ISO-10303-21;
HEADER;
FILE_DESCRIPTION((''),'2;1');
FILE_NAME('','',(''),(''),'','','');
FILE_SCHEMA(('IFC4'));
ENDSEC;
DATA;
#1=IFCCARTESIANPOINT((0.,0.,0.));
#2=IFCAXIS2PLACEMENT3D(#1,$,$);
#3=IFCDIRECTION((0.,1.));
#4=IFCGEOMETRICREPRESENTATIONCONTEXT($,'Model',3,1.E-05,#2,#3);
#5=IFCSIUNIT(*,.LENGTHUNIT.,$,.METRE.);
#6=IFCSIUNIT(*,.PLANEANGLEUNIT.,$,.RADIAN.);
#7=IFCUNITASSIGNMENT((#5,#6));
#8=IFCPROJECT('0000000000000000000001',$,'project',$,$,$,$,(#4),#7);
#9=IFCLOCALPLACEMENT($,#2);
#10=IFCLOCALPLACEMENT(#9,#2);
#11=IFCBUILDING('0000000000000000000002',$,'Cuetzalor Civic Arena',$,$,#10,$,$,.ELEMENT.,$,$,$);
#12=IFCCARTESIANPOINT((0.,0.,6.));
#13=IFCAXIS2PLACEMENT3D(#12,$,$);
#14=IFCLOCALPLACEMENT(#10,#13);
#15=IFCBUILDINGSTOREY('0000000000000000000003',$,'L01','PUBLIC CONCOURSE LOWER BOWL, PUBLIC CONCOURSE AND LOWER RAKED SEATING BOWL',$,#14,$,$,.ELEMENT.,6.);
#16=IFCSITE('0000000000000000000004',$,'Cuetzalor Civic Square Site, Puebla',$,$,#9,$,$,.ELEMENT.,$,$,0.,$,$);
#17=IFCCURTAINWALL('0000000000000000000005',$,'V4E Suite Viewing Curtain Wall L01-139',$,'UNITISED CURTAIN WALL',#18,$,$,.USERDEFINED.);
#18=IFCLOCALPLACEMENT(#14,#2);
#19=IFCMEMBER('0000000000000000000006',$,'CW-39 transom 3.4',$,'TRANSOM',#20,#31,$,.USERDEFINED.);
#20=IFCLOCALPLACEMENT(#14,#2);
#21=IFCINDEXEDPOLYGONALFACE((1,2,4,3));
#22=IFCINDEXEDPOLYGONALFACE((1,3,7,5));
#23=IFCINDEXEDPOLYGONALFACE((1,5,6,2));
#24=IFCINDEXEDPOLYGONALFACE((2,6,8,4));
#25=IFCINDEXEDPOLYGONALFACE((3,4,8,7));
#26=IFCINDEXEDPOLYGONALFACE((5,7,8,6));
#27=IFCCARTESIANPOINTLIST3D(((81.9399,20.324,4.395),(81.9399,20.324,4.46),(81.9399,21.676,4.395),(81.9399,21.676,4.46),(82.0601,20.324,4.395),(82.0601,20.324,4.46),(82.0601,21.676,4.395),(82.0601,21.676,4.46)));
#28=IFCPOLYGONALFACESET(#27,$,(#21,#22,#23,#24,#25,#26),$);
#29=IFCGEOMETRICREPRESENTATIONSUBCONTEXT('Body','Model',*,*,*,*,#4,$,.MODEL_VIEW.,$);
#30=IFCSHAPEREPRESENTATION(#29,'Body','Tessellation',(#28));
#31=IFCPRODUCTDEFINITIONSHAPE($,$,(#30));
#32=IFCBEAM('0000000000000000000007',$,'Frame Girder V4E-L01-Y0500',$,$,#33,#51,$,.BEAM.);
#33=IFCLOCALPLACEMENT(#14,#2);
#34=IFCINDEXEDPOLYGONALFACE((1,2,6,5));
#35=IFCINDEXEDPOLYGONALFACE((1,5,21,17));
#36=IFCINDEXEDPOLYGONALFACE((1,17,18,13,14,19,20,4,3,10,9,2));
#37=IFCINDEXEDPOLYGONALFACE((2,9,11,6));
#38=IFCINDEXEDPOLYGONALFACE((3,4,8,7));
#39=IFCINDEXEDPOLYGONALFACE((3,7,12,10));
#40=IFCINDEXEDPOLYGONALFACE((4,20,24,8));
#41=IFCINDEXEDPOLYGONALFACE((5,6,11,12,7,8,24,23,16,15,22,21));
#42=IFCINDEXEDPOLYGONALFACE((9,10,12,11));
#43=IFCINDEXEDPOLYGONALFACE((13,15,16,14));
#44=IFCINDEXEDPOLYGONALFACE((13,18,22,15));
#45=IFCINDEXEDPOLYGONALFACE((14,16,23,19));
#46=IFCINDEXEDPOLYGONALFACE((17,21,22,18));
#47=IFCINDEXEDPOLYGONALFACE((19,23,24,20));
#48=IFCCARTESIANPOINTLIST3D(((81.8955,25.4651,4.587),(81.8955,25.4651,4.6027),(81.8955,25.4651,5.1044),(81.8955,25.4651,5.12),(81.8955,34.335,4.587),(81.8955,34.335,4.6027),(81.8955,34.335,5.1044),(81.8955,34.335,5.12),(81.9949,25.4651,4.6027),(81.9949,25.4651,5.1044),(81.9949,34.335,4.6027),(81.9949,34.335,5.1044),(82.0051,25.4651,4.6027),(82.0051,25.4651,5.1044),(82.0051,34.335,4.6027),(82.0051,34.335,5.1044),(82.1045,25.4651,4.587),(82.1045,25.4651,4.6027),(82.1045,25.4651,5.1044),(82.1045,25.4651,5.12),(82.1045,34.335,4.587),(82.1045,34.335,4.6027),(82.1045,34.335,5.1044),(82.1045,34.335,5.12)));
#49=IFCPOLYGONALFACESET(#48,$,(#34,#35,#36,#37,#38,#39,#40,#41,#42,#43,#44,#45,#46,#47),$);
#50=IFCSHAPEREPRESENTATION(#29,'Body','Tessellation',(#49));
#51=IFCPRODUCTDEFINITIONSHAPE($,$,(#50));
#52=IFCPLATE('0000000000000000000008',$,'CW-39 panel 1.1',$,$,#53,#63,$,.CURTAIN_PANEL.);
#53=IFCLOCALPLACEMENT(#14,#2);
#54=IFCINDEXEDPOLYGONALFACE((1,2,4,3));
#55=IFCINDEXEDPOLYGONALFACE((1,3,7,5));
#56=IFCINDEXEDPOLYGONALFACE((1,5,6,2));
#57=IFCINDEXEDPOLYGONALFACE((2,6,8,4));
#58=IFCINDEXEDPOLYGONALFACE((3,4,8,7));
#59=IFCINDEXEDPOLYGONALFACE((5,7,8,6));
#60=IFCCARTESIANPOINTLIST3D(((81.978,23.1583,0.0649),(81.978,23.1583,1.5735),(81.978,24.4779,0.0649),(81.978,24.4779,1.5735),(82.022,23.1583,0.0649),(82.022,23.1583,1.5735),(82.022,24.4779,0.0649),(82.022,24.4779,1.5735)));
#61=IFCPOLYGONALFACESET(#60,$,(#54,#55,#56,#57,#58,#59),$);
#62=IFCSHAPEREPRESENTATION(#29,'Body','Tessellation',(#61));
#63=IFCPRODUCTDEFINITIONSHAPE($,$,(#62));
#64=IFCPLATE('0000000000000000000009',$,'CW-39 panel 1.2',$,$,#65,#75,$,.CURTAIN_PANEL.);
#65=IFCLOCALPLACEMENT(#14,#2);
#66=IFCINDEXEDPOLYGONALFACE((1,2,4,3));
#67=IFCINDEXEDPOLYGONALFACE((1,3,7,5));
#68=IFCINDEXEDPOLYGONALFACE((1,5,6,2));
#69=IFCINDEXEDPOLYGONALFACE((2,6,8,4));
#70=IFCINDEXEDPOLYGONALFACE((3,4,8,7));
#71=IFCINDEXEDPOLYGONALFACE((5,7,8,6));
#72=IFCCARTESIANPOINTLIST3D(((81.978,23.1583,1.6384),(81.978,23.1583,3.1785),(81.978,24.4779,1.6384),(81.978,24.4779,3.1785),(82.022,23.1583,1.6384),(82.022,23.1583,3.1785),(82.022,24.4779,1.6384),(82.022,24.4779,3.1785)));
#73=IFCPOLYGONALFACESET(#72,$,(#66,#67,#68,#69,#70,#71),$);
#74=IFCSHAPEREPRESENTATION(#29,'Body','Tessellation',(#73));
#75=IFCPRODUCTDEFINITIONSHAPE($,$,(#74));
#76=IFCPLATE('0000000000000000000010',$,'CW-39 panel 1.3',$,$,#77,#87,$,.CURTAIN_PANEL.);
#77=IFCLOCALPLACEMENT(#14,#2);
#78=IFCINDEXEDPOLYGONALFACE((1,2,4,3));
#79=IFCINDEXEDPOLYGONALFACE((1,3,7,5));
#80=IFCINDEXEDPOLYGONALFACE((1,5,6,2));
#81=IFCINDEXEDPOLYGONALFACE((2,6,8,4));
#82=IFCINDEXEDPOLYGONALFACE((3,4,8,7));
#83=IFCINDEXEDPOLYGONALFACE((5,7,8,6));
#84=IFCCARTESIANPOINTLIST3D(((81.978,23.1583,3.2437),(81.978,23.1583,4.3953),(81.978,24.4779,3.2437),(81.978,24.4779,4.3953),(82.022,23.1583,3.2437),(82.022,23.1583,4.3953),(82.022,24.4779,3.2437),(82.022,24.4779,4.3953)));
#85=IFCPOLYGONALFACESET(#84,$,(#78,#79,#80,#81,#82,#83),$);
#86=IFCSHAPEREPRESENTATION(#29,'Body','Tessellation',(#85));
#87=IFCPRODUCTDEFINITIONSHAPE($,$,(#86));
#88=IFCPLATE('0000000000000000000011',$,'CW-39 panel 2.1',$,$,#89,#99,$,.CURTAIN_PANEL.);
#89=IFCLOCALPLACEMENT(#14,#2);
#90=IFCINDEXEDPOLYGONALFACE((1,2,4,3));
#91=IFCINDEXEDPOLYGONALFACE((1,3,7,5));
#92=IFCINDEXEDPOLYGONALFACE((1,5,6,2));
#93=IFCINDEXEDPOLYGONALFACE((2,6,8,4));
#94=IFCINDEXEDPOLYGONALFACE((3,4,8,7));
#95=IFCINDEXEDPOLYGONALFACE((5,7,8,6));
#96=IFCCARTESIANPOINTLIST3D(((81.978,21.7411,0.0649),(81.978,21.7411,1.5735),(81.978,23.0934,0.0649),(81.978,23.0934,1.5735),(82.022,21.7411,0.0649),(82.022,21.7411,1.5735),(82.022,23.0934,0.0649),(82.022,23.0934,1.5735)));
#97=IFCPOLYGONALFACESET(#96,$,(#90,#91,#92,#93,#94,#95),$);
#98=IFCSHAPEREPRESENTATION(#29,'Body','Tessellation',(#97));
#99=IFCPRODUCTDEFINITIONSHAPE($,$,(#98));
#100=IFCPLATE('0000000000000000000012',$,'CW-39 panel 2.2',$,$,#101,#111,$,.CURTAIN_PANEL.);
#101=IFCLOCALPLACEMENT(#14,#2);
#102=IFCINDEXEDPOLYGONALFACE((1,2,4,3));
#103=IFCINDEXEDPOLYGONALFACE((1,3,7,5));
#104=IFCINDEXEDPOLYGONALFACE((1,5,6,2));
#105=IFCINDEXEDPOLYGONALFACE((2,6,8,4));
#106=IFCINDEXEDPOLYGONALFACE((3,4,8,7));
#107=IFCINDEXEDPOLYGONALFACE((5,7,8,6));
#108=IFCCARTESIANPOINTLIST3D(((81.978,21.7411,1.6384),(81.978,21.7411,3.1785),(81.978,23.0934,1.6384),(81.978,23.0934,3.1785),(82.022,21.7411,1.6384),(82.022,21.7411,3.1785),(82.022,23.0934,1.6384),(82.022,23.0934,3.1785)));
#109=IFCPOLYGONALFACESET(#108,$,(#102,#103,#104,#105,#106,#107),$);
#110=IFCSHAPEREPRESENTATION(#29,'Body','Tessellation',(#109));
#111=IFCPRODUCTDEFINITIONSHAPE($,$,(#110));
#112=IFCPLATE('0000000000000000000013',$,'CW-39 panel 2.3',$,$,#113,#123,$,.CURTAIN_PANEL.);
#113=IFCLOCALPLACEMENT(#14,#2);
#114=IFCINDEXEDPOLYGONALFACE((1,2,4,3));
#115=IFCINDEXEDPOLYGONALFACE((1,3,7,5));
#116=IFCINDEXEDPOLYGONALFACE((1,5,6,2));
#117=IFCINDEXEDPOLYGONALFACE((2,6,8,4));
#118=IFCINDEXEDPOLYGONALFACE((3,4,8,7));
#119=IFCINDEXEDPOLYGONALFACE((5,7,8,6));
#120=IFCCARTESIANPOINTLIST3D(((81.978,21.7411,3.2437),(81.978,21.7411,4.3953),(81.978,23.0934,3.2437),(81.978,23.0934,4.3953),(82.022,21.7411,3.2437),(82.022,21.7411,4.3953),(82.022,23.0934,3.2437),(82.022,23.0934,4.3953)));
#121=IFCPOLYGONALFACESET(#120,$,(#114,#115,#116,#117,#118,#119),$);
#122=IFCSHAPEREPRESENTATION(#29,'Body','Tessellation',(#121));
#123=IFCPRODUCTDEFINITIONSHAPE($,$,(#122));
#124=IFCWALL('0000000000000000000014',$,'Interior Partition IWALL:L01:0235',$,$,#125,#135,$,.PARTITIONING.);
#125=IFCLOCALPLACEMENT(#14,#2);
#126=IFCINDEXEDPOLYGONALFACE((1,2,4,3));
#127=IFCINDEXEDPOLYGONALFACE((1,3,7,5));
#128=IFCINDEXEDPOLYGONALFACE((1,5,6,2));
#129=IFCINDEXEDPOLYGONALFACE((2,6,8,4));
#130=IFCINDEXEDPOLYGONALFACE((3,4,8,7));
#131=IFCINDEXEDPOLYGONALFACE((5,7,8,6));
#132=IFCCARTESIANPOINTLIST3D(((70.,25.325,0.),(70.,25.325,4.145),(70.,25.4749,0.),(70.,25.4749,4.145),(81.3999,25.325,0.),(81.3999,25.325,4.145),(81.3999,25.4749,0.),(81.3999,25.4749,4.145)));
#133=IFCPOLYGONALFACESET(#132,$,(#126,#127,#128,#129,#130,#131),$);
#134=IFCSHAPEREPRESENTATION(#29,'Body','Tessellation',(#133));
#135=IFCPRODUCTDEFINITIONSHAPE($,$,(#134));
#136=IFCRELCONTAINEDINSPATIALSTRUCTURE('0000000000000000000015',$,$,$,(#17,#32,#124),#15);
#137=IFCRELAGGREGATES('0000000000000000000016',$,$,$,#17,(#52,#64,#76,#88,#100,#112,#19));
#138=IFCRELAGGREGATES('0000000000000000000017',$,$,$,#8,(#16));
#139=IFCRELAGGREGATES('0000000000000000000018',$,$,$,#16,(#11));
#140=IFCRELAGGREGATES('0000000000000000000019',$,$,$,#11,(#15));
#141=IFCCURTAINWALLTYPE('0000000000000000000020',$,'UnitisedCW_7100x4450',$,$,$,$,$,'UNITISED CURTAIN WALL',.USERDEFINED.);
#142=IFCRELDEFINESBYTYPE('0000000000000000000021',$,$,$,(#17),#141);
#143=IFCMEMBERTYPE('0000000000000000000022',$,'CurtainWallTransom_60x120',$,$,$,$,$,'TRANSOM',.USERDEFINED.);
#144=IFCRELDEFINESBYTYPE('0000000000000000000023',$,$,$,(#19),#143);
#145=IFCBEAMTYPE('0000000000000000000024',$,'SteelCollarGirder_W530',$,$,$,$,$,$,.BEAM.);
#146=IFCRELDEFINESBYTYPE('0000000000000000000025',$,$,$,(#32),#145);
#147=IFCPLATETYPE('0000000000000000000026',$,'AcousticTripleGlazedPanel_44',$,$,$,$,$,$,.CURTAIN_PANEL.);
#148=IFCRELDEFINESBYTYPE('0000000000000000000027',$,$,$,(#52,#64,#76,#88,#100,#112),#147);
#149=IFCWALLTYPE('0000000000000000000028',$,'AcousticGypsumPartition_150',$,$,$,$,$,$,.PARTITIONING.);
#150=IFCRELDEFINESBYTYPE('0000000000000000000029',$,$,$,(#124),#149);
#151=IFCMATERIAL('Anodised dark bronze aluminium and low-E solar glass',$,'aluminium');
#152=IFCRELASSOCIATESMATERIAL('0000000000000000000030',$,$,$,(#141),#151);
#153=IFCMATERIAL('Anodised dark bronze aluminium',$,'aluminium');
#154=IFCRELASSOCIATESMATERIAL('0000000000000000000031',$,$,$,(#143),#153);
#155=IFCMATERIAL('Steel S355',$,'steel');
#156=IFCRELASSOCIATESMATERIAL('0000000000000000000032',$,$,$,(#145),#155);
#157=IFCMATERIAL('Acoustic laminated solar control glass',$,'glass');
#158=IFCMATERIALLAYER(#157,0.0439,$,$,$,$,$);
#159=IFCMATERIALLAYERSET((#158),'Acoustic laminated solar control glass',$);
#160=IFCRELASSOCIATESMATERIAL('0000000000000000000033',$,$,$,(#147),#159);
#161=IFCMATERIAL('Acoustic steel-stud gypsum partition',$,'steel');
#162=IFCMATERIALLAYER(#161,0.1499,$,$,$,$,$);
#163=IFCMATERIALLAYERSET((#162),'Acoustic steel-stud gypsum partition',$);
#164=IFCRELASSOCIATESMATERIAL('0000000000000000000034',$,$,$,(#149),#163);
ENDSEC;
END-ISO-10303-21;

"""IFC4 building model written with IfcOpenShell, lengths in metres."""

from ifc_helpers import new_model, si_unit, direction, frame, frame_2d, origin, origin_2d, place, context, subcontext, project, spatial, rectangle, i_section, extrude, material, layer, layer_set, material_profile, profile_set, type_object, element, aggregate, save


model = new_model("IFC4")

# Units and contexts
model_context = context("Model", 3, precision=1e-05, world=origin(), true_north=direction((0.0, 1.0)))
body_context = subcontext(model_context, "Body", "Model", "MODEL_VIEW")
ifc_project = project(units=[si_unit("LENGTHUNIT", "METRE"), si_unit("PLANEANGLEUNIT", "RADIAN")], contexts=[model_context])

# Site, building, storey
site_placement = place(None, origin())
site = spatial("IfcSite", under=ifc_project, at=site_placement, Name="Cuetzalor Civic Square Site, Puebla", CompositionType="ELEMENT", RefElevation=0.0)
building_placement = place(site_placement, origin())
building = spatial("IfcBuilding", under=site, at=building_placement, Name="Cuetzalor Civic Arena", CompositionType="ELEMENT")
storey_placement = place(building_placement, frame((0.0, 0.0, 6.0)))
storey = spatial("IfcBuildingStorey", under=building, at=storey_placement, Name="L01", Description="PUBLIC CONCOURSE LOWER BOWL, PUBLIC CONCOURSE AND LOWER RAKED SEATING BOWL", CompositionType="ELEMENT", Elevation=6.0)

# Curtain wall, member
ifc_material_1 = material(Name="Anodised dark bronze aluminium and low-E solar glass", Category="aluminium")
curtain_wall_type = type_object("IfcCurtainWallType", Name="UnitisedCW_7100x4450", ElementType="UNITISED CURTAIN WALL", PredefinedType="USERDEFINED", material=ifc_material_1)
curtain_wall_placement = place(storey_placement, origin())
curtain_wall = element("IfcCurtainWall", 1, at=curtain_wall_placement, inside=storey, type_object=curtain_wall_type, Name="V4E Suite Viewing Curtain Wall L01-139", ObjectType="UNITISED CURTAIN WALL", PredefinedType="USERDEFINED")
ifc_material_2 = material(Name="Anodised dark bronze aluminium", Category="aluminium")
ifc_material_profile_1 = material_profile(ifc_material_2, rectangle(XDim=0.1201, YDim=0.0649, at=origin_2d()), Name="ALU TRANSOM 65x120")
ifc_profile_set_1 = profile_set([ifc_material_profile_1], Name="Anodised dark bronze aluminium")
member_type_1 = type_object("IfcMemberType", Name="CurtainWallTransom_60x120", ElementType="TRANSOM", PredefinedType="USERDEFINED", material=ifc_profile_set_1)
member_1_placement = place(storey_placement, frame((82.0, 21.676, 4.4275), z_axis=(0.0, -1.0, 0.0), x_axis=(1.0, 0.0, 0.0)))
member_1 = element("IfcMember", 2, at=member_1_placement, type_object=member_type_1, Name="CW-39 transom 3.4", ObjectType="TRANSOM", PredefinedType="USERDEFINED", context=body_context, shape_type="SweptSolid", body=[
    extrude(rectangle(XDim=0.1201, YDim=0.0649, at=origin_2d()), origin(), (0.0, 0.0, 1.0), 1.3521),
])

# Beam
ifc_material_3 = material(Name="Steel S355", Category="steel")
ifc_material_profile_2 = material_profile(ifc_material_3, i_section(OverallWidth=0.209, OverallDepth=0.533, WebThickness=0.0103, FlangeThickness=0.0156, at=origin_2d()), Name="W530x92")
ifc_profile_set_2 = profile_set([ifc_material_profile_2], Name="Steel S355")
beam_type_1 = type_object("IfcBeamType", Name="SteelCollarGirder_W530", PredefinedType="BEAM", material=ifc_profile_set_2)
beam_1_placement = place(storey_placement, frame((82.0, 25.4651, 4.8535), z_axis=(0.0, 1.0, 0.0), x_axis=(-1.0, 0.0, 0.0)))
element("IfcBeam", 3, at=beam_1_placement, inside=storey, type_object=beam_type_1, Name="Frame Girder V4E-L01-Y0500", PredefinedType="BEAM", context=body_context, shape_type="SweptSolid", body=[
    extrude(i_section(OverallWidth=0.209, OverallDepth=0.533, WebThickness=0.0103, FlangeThickness=0.0156, at=origin_2d()), origin(), (0.0, 0.0, 1.0), 8.8699),
])

# Plates
ifc_material_4 = material(Name="Acoustic laminated solar control glass", Category="glass")
ifc_layer_1 = layer(ifc_material_4, 0.0439)
ifc_layer_set_1 = layer_set([ifc_layer_1], Name="Acoustic laminated solar control glass")
plate_type = type_object("IfcPlateType", Name="AcousticTripleGlazedPanel_44", PredefinedType="CURTAIN_PANEL", material=ifc_layer_set_1)
plate_1_placement = place(storey_placement, frame((82.0, 23.8181, 0.0649), z_axis=(0.0, 0.0, 1.0), x_axis=(0.0, -1.0, 0.0)))
plate_1 = element("IfcPlate", 4, at=plate_1_placement, type_object=plate_type, Name="CW-39 panel 1.1", PredefinedType="CURTAIN_PANEL", context=body_context, shape_type="SweptSolid", body=[
    extrude(rectangle(XDim=1.3196, YDim=0.0439, at=origin_2d()), origin(), (0.0, 0.0, 1.0), 1.5085),
])
plate_2_placement = place(storey_placement, frame((82.0, 23.8181, 1.6384), z_axis=(0.0, 0.0, 1.0), x_axis=(0.0, -1.0, 0.0)))
plate_2 = element("IfcPlate", 5, at=plate_2_placement, type_object=plate_type, Name="CW-39 panel 1.2", PredefinedType="CURTAIN_PANEL", context=body_context, shape_type="SweptSolid", body=[
    extrude(rectangle(XDim=1.3196, YDim=0.0439, at=origin_2d()), origin(), (0.0, 0.0, 1.0), 1.54),
])
plate_3_placement = place(storey_placement, frame((82.0, 23.8181, 3.2437), z_axis=(0.0, 0.0, 1.0), x_axis=(0.0, -1.0, 0.0)))
plate_3 = element("IfcPlate", 6, at=plate_3_placement, type_object=plate_type, Name="CW-39 panel 1.3", PredefinedType="CURTAIN_PANEL", context=body_context, shape_type="SweptSolid", body=[
    extrude(rectangle(XDim=1.3196, YDim=0.0439, at=origin_2d()), origin(), (0.0, 0.0, 1.0), 1.1516),
])
plate_4_placement = place(storey_placement, frame((82.0, 22.4172, 0.0649), z_axis=(0.0, 0.0, 1.0), x_axis=(0.0, -1.0, 0.0)))
plate_4 = element("IfcPlate", 7, at=plate_4_placement, type_object=plate_type, Name="CW-39 panel 2.1", PredefinedType="CURTAIN_PANEL", context=body_context, shape_type="SweptSolid", body=[
    extrude(rectangle(XDim=1.3523, YDim=0.0439, at=origin_2d()), origin(), (0.0, 0.0, 1.0), 1.5085),
])
plate_5_placement = place(storey_placement, frame((82.0, 22.4172, 1.6384), z_axis=(0.0, 0.0, 1.0), x_axis=(0.0, -1.0, 0.0)))
plate_5 = element("IfcPlate", 8, at=plate_5_placement, type_object=plate_type, Name="CW-39 panel 2.2", PredefinedType="CURTAIN_PANEL", context=body_context, shape_type="SweptSolid", body=[
    extrude(rectangle(XDim=1.3523, YDim=0.0439, at=origin_2d()), origin(), (0.0, 0.0, 1.0), 1.54),
])
plate_6_placement = place(storey_placement, frame((82.0, 22.4172, 3.2437), z_axis=(0.0, 0.0, 1.0), x_axis=(0.0, -1.0, 0.0)))
plate_6 = element("IfcPlate", 9, at=plate_6_placement, type_object=plate_type, Name="CW-39 panel 2.3", PredefinedType="CURTAIN_PANEL", context=body_context, shape_type="SweptSolid", body=[
    extrude(rectangle(XDim=1.3523, YDim=0.0439, at=origin_2d()), origin(), (0.0, 0.0, 1.0), 1.1516),
])
aggregate(curtain_wall, [plate_1, plate_2, plate_3, plate_4, plate_5, plate_6, member_1])

# Wall
ifc_material_5 = material(Name="Acoustic steel-stud gypsum partition", Category="steel")
ifc_layer_2 = layer(ifc_material_5, 0.1499)
ifc_layer_set_2 = layer_set([ifc_layer_2], Name="Acoustic steel-stud gypsum partition")
wall_type = type_object("IfcWallType", Name="AcousticGypsumPartition_150", PredefinedType="PARTITIONING", material=ifc_layer_set_2)
wall_placement = place(storey_placement, frame((81.3999, 25.3999, 0.0), z_axis=(0.0, 0.0, 1.0), x_axis=(-1.0, 0.0, 0.0)))
element("IfcWall", 10, at=wall_placement, inside=storey, type_object=wall_type, Name="Interior Partition IWALL:L01:0235", PredefinedType="PARTITIONING", context=body_context, shape_type="SweptSolid", body=[
    extrude(rectangle(XDim=11.3999, YDim=0.1499, at=frame_2d((5.7, 0.0))), origin(), (0.0, 0.0, 1.0), 4.145),
])

save(model, "model.ifc")
